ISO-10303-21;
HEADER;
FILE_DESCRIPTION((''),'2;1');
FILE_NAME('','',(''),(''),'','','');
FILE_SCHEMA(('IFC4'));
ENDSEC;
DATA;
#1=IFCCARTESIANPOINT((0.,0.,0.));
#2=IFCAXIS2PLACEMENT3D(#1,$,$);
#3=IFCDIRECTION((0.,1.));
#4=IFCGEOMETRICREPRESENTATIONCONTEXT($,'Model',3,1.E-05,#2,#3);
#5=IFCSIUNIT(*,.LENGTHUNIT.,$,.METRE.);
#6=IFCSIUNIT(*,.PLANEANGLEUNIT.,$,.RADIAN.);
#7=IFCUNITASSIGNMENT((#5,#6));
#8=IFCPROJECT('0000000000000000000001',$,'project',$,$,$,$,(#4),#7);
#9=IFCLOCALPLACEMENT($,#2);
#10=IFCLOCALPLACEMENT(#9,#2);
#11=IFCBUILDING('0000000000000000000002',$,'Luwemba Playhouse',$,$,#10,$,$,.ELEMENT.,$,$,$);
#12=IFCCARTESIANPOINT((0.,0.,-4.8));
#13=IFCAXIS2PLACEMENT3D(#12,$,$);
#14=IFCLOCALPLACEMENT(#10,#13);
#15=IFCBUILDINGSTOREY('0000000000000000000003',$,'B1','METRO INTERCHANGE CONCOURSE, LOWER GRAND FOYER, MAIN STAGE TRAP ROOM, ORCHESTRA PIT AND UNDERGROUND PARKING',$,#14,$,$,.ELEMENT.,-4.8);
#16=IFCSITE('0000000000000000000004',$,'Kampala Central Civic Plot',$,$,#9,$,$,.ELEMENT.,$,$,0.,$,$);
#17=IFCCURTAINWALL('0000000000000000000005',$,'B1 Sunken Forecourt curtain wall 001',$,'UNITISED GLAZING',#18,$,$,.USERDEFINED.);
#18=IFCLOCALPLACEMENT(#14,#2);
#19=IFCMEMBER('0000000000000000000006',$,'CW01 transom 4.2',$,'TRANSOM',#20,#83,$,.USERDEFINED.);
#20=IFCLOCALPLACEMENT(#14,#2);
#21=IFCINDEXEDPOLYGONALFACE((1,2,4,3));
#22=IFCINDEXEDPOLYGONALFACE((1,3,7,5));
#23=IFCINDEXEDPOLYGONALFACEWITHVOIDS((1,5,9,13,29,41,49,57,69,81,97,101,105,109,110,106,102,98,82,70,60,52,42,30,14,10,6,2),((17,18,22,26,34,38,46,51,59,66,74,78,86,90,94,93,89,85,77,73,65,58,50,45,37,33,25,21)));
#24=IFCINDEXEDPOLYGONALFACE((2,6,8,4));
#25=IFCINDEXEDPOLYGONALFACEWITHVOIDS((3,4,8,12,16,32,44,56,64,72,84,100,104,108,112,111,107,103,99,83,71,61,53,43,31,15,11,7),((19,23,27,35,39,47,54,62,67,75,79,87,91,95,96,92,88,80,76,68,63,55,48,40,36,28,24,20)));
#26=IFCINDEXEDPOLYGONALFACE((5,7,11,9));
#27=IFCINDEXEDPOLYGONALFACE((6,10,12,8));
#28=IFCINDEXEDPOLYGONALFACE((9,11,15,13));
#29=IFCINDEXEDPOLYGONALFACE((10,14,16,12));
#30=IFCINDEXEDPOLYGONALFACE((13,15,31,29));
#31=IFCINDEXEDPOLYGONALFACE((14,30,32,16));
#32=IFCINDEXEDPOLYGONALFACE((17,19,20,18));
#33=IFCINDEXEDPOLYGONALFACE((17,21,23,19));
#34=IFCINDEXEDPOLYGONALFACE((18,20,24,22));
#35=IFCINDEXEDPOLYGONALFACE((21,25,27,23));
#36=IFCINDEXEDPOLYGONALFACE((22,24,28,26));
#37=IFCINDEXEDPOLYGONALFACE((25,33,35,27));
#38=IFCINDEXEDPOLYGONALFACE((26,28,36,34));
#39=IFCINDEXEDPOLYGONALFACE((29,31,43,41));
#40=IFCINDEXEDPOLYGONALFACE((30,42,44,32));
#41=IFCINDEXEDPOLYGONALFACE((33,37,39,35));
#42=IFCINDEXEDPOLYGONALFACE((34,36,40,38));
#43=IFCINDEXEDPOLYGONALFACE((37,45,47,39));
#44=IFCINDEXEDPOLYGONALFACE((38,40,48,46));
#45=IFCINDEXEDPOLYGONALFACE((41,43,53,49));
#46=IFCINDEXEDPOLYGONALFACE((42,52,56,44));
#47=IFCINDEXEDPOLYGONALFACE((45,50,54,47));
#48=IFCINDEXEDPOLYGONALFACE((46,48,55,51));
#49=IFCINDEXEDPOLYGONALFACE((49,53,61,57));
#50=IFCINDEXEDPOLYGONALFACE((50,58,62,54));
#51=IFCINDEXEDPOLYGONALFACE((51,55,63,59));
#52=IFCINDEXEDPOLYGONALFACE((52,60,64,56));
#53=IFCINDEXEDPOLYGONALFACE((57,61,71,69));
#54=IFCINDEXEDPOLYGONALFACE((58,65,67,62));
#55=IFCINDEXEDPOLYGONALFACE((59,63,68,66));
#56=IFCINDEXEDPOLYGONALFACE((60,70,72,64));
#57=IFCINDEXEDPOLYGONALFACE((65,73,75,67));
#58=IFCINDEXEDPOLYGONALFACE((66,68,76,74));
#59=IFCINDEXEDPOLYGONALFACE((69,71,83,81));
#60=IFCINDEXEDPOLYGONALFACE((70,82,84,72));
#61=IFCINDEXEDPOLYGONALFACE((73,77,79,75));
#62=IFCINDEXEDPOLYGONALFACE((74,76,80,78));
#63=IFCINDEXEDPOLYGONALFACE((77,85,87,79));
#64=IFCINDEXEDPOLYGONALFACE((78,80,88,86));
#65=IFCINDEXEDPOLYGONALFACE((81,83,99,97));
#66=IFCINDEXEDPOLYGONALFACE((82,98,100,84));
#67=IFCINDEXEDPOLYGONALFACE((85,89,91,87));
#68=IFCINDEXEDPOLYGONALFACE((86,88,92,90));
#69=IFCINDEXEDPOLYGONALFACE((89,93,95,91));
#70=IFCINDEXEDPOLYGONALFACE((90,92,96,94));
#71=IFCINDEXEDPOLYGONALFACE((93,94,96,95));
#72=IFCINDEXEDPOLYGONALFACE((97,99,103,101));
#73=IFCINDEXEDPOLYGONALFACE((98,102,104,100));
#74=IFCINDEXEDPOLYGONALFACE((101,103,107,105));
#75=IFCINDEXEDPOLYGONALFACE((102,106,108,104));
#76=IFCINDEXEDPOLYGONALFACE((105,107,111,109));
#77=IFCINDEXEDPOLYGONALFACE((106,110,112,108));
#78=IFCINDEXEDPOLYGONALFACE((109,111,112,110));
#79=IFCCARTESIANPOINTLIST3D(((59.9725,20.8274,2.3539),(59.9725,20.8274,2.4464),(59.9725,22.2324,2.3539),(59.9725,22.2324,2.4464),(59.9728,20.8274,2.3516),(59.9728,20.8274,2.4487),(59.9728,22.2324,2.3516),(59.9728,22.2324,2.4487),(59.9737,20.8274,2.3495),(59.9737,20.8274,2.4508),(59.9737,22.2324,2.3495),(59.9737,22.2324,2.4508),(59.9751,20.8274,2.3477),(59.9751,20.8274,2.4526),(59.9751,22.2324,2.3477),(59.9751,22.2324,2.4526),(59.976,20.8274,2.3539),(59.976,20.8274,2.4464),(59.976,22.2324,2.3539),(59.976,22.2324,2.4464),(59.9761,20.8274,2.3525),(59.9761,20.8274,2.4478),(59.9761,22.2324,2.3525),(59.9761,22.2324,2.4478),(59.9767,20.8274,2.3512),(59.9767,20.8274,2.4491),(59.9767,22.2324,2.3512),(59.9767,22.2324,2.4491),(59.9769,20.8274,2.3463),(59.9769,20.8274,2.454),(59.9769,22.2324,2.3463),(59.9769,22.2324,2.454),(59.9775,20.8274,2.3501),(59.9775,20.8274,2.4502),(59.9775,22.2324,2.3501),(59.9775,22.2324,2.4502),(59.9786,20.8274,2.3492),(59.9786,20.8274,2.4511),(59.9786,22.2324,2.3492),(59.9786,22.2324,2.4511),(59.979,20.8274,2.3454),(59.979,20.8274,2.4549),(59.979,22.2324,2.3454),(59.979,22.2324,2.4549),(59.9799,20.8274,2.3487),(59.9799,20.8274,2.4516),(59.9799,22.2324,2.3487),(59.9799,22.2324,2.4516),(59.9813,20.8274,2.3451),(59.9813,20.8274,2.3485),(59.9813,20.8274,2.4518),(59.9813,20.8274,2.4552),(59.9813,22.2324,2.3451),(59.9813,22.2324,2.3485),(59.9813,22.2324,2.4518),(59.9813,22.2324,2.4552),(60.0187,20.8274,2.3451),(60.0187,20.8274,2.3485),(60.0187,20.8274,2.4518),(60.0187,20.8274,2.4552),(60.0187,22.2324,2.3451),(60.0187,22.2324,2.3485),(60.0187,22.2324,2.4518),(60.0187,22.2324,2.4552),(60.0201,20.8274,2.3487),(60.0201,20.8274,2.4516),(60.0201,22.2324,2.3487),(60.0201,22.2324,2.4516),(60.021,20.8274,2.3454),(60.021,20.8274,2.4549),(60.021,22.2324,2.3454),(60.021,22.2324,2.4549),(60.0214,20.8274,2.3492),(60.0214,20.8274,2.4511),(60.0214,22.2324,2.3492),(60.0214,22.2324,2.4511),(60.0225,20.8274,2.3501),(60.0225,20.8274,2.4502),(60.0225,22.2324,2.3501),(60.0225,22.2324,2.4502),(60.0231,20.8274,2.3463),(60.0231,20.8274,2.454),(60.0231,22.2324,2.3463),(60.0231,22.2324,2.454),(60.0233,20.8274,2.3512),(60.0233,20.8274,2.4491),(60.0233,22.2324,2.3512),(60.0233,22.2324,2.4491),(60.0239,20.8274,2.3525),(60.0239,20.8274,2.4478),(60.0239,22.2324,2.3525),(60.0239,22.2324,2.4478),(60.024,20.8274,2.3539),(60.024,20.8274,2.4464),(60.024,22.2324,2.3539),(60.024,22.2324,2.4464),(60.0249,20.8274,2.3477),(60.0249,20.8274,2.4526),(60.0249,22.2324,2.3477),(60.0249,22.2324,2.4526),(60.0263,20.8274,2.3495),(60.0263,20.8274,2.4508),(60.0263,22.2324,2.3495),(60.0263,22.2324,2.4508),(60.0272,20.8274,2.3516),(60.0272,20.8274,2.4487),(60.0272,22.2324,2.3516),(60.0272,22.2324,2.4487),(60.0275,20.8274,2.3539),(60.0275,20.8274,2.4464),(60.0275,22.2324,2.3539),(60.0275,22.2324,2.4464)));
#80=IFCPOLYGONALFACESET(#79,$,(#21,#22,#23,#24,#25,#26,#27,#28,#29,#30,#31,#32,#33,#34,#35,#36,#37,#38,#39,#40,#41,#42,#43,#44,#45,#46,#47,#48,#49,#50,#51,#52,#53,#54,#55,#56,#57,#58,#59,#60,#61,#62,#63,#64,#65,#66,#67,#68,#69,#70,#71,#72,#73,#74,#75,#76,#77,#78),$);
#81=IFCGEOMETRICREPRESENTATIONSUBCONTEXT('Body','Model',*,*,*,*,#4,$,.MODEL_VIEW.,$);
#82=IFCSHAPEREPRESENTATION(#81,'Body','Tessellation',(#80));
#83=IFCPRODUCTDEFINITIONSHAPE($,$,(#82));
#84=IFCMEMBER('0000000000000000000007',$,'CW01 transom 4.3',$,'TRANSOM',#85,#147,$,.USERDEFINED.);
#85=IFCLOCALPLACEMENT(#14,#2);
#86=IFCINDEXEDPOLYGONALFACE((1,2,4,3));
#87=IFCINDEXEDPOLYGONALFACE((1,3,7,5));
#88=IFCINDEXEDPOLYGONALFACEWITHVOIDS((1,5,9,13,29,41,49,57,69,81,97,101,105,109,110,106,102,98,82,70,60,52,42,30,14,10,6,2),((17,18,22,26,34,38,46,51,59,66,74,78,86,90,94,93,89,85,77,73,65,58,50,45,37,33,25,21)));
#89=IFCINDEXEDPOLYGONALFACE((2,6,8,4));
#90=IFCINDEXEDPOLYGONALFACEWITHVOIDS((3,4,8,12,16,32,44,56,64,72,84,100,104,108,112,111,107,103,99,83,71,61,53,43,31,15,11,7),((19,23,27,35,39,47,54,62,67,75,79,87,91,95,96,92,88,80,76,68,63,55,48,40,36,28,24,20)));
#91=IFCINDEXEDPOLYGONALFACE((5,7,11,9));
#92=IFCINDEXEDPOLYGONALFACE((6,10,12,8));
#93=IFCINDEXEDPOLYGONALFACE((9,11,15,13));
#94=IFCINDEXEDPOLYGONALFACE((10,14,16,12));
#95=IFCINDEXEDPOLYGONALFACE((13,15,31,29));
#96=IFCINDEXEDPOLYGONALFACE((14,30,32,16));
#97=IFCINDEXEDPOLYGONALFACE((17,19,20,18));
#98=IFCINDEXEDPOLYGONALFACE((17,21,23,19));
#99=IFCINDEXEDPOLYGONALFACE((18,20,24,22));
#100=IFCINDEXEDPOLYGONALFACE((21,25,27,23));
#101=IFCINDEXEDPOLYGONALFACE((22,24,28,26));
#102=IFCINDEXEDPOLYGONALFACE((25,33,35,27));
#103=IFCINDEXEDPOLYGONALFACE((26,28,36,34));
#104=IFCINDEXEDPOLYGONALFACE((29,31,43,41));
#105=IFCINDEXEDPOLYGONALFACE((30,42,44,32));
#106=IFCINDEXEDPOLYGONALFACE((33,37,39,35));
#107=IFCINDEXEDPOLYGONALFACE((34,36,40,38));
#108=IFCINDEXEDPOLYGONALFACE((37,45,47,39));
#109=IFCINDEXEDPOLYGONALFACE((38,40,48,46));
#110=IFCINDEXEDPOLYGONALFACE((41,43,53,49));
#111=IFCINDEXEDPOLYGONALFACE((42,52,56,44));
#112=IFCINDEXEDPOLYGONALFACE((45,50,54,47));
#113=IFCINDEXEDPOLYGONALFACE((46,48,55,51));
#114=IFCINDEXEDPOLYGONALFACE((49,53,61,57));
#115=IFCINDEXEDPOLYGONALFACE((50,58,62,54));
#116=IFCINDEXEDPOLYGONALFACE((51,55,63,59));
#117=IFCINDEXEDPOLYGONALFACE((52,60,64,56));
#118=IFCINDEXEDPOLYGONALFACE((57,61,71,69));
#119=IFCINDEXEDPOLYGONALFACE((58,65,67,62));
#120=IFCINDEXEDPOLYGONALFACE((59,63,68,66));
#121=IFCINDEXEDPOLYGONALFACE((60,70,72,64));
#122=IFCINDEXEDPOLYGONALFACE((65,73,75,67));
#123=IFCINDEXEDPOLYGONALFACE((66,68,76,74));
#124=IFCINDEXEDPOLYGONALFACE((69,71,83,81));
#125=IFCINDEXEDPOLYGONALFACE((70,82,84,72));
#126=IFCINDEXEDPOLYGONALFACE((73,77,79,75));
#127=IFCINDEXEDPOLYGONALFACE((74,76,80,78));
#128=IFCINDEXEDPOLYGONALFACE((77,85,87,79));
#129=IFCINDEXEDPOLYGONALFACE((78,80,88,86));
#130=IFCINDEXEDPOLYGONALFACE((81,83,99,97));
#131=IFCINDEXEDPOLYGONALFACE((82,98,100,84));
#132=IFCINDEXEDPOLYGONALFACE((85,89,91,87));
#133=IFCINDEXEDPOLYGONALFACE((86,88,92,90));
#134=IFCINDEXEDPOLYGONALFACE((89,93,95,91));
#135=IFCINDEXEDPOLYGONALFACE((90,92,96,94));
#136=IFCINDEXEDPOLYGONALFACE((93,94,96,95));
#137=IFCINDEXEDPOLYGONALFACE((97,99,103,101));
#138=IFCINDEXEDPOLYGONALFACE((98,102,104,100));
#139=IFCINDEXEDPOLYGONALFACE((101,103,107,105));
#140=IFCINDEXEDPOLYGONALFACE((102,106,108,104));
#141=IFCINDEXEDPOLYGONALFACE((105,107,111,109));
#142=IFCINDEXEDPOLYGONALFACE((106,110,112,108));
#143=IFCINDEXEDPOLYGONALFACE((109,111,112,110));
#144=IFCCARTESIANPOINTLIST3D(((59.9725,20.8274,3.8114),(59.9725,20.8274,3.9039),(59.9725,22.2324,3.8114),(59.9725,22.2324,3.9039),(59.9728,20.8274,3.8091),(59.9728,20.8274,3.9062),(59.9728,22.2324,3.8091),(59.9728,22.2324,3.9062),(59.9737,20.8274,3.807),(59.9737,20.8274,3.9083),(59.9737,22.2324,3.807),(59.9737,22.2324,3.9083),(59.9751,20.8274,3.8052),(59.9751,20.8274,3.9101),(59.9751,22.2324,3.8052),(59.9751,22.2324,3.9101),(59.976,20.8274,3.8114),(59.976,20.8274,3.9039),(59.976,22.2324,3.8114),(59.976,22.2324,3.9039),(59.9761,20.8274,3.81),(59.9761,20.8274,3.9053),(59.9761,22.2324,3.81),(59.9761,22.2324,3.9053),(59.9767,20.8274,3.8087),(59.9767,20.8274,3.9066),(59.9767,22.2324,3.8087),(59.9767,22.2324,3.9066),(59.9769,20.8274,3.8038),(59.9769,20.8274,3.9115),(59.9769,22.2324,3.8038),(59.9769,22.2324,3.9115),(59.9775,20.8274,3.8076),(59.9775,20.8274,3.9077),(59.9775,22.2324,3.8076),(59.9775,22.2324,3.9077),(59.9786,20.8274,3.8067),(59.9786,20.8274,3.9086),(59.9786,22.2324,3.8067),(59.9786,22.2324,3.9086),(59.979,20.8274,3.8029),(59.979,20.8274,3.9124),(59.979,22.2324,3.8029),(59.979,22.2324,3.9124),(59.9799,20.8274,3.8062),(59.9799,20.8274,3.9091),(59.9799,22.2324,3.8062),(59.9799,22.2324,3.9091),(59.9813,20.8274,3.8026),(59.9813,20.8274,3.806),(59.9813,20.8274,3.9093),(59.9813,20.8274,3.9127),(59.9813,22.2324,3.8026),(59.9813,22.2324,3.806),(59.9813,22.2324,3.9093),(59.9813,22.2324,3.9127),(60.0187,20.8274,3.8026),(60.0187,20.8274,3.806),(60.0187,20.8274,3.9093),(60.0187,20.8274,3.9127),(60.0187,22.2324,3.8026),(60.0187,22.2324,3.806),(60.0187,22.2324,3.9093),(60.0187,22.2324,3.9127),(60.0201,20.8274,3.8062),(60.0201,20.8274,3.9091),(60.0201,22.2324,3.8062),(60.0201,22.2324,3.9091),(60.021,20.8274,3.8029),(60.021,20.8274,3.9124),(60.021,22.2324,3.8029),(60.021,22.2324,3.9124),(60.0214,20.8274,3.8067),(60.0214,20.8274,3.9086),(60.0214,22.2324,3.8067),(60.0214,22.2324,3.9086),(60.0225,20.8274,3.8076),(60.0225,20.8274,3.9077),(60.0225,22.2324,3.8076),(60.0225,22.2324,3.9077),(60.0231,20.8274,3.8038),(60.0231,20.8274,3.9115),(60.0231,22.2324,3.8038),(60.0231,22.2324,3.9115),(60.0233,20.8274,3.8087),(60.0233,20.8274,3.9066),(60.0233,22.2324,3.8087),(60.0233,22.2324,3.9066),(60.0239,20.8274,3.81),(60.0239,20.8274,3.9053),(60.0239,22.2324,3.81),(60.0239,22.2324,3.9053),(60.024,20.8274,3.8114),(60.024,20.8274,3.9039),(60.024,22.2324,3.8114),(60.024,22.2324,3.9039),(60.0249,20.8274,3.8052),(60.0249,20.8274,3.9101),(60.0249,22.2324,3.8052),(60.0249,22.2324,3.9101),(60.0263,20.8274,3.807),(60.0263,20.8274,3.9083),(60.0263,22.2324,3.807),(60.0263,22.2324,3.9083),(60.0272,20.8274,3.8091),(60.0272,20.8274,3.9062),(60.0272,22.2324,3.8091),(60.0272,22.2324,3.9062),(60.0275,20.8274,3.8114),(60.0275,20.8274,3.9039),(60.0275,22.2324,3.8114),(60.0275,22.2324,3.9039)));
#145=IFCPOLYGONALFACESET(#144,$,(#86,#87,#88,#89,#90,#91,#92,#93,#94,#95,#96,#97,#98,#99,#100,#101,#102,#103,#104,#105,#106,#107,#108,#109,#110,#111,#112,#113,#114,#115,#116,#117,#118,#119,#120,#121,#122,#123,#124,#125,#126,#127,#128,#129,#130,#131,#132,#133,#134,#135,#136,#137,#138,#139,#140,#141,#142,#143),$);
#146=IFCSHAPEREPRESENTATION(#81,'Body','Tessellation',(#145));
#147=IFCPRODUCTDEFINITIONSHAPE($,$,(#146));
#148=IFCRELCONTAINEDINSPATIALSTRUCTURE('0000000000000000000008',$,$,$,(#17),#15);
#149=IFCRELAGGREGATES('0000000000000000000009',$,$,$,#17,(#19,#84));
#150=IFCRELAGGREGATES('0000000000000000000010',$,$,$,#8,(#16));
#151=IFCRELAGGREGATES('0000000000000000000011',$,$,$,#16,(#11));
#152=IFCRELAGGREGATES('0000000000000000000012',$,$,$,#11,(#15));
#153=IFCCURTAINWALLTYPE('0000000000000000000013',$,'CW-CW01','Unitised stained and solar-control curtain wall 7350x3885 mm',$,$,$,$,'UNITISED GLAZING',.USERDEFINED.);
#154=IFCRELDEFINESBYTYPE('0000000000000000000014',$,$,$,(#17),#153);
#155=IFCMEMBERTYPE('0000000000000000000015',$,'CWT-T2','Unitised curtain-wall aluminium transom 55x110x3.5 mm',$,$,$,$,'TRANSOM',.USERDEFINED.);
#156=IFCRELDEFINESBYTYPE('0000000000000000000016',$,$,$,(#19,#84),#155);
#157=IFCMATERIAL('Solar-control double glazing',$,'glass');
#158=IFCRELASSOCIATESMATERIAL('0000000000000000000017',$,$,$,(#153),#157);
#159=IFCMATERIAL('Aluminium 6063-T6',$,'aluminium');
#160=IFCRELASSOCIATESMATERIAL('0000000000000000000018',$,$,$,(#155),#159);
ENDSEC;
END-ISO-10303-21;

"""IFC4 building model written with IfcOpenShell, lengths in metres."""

from ifc_helpers import new_model, si_unit, direction, frame, origin, origin_2d, place, context, subcontext, project, spatial, hollow_rectangle, extrude, material, material_profile, profile_set, type_object, element, aggregate, save


model = new_model("IFC4")

# Units and contexts
model_context = context("Model", 3, precision=1e-05, world=origin(), true_north=direction((0.0, 1.0)))
body_context = subcontext(model_context, "Body", "Model", "MODEL_VIEW")
ifc_project = project(units=[si_unit("LENGTHUNIT", "METRE"), si_unit("PLANEANGLEUNIT", "RADIAN")], contexts=[model_context])

# Site, building, storey
site_placement = place(None, origin())
site = spatial("IfcSite", under=ifc_project, at=site_placement, Name="Kampala Central Civic Plot", CompositionType="ELEMENT", RefElevation=0.0)
building_placement = place(site_placement, origin())
building = spatial("IfcBuilding", under=site, at=building_placement, Name="Luwemba Playhouse", CompositionType="ELEMENT")
storey_placement = place(building_placement, frame((0.0, 0.0, -4.8)))
storey = spatial("IfcBuildingStorey", under=building, at=storey_placement, Name="B1", Description="METRO INTERCHANGE CONCOURSE, LOWER GRAND FOYER, MAIN STAGE TRAP ROOM, ORCHESTRA PIT AND UNDERGROUND PARKING", CompositionType="ELEMENT", Elevation=-4.8)

# Shared definitions
ifc_material_1 = material(Name="Solar-control double glazing", Category="glass")
ifc_material_2 = material(Name="Aluminium 6063-T6", Category="aluminium")

# Curtain wall, members
curtain_wall_type_1 = type_object("IfcCurtainWallType", Name="CW-CW01", Description="Unitised stained and solar-control curtain wall 7350x3885 mm", ElementType="UNITISED GLAZING", PredefinedType="USERDEFINED", material=ifc_material_1)
curtain_wall_1_placement = place(storey_placement, origin())
curtain_wall_1 = element("IfcCurtainWall", 1, at=curtain_wall_1_placement, inside=storey, type_object=curtain_wall_type_1, Name="B1 Sunken Forecourt curtain wall 001", ObjectType="UNITISED GLAZING", PredefinedType="USERDEFINED")
ifc_material_profile_1 = material_profile(ifc_material_2, hollow_rectangle(XDim=0.0549, YDim=0.1101, WallThickness=0.0034, InnerFilletRadius=0.0054, OuterFilletRadius=0.0088, at=origin_2d()))
ifc_profile_set_1 = profile_set([ifc_material_profile_1], Name="Aluminium 6063-T6")
member_type_1 = type_object("IfcMemberType", Name="CWT-T2", Description="Unitised curtain-wall aluminium transom 55x110x3.5 mm", ElementType="TRANSOM", PredefinedType="USERDEFINED", material=ifc_profile_set_1)
member_1_placement = place(storey_placement, frame((60.0, 22.2324, 2.4001), z_axis=(0.0, -1.0, 0.0), x_axis=(1.0, 0.0, 0.0)))
member_1 = element("IfcMember", 2, at=member_1_placement, type_object=member_type_1, Name="CW01 transom 4.2", ObjectType="TRANSOM", PredefinedType="USERDEFINED", context=body_context, shape_type="SweptSolid", body=[
    extrude(hollow_rectangle(XDim=0.0549, YDim=0.1101, WallThickness=0.0034, InnerFilletRadius=0.0054, OuterFilletRadius=0.0088, at=origin_2d()), origin(), (0.0, 0.0, 1.0), 1.405),
])
member_2_placement = place(storey_placement, frame((60.0, 22.2324, 3.8577), z_axis=(0.0, -1.0, 0.0), x_axis=(1.0, 0.0, 0.0)))
member_2 = element("IfcMember", 3, at=member_2_placement, type_object=member_type_1, Name="CW01 transom 4.3", ObjectType="TRANSOM", PredefinedType="USERDEFINED", context=body_context, shape_type="SweptSolid", body=[
    extrude(hollow_rectangle(XDim=0.0549, YDim=0.1101, WallThickness=0.0034, InnerFilletRadius=0.0054, OuterFilletRadius=0.0088, at=origin_2d()), origin(), (0.0, 0.0, 1.0), 1.405),
])

aggregate(curtain_wall_1, [member_1, member_2])

save(model, "model.ifc")
